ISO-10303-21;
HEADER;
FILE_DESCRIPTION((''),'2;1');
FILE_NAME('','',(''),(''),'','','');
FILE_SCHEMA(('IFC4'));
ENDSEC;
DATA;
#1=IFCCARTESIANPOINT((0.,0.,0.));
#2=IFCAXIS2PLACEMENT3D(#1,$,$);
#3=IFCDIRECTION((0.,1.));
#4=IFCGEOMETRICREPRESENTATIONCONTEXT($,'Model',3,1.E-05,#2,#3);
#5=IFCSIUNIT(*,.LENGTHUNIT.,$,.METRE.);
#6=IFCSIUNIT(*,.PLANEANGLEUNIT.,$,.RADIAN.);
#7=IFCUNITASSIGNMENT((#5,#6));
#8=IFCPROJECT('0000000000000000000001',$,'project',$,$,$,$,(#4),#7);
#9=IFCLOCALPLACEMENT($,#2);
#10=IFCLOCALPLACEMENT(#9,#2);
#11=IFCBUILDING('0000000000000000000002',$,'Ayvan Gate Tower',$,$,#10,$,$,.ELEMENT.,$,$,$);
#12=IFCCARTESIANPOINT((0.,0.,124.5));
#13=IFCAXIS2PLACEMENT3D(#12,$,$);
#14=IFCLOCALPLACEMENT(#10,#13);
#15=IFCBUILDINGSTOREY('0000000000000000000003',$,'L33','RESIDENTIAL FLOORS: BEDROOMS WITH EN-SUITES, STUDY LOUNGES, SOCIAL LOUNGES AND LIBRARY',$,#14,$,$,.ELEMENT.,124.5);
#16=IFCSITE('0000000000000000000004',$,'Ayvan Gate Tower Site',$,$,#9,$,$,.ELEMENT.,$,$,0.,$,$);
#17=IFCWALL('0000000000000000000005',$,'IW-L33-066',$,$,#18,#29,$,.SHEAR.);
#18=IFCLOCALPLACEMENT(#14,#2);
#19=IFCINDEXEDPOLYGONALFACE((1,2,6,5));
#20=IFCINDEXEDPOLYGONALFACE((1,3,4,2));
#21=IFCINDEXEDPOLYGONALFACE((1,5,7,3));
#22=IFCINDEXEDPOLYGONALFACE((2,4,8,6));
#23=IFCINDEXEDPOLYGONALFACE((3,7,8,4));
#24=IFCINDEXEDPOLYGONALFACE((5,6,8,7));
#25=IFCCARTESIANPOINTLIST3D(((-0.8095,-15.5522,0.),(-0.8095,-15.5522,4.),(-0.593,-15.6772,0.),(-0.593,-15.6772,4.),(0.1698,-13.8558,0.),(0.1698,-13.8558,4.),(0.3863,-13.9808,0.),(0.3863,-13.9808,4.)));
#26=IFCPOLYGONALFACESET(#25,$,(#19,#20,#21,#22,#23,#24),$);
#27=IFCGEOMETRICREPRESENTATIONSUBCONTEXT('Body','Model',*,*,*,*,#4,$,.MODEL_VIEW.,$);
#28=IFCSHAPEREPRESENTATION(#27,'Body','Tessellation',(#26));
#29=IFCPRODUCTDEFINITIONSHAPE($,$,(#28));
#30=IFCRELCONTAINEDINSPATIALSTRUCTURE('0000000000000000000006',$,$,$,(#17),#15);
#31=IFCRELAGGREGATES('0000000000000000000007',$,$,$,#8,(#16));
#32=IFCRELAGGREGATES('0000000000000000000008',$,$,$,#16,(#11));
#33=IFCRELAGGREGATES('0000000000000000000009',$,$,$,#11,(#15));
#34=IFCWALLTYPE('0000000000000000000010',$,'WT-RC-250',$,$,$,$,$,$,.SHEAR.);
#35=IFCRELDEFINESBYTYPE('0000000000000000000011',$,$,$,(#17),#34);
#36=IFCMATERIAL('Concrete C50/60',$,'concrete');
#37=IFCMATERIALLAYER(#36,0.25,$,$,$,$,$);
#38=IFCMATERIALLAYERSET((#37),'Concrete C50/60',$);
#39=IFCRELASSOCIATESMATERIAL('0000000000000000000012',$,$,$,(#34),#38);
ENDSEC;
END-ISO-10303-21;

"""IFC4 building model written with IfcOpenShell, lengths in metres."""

from ifc_helpers import new_model, si_unit, direction, frame, frame_2d, origin, place, context, subcontext, project, spatial, rectangle, extrude, material, layer, layer_set, type_object, element, save


model = new_model("IFC4")

# Units and contexts
model_context = context("Model", 3, precision=1e-05, world=origin(), true_north=direction((0.0, 1.0)))
body_context = subcontext(model_context, "Body", "Model", "MODEL_VIEW")
ifc_project = project(units=[si_unit("LENGTHUNIT", "METRE"), si_unit("PLANEANGLEUNIT", "RADIAN")], contexts=[model_context])

# Site, building, storey
site_placement = place(None, origin())
site = spatial("IfcSite", under=ifc_project, at=site_placement, Name="Ayvan Gate Tower Site", CompositionType="ELEMENT", RefElevation=0.0)
building_placement = place(site_placement, origin())
building = spatial("IfcBuilding", under=site, at=building_placement, Name="Ayvan Gate Tower", CompositionType="ELEMENT")
storey_placement = place(building_placement, frame((0.0, 0.0, 124.5)))
storey = spatial("IfcBuildingStorey", under=building, at=storey_placement, Name="L33", Description="RESIDENTIAL FLOORS: BEDROOMS WITH EN-SUITES, STUDY LOUNGES, SOCIAL LOUNGES AND LIBRARY", CompositionType="ELEMENT", Elevation=124.5)

# Wall
ifc_material_1 = material(Name="Concrete C50/60", Category="concrete")
ifc_layer_1 = layer(ifc_material_1, 0.25)
ifc_layer_set_1 = layer_set([ifc_layer_1], Name="Concrete C50/60")
wall_type_1 = type_object("IfcWallType", Name="WT-RC-250", PredefinedType="SHEAR", material=ifc_layer_set_1)
wall_1_placement = place(storey_placement, frame((0.2781, -13.9182, 0.0), z_axis=(0.0, 0.0, 1.0), x_axis=(-0.49996, -0.866049, 0.0)))
element("IfcWall", 1, at=wall_1_placement, inside=storey, type_object=wall_type_1, Name="IW-L33-066", PredefinedType="SHEAR", context=body_context, shape_type="SweptSolid", body=[
    extrude(rectangle(XDim=1.9587, YDim=0.25, at=frame_2d((0.9795, 0.0))), origin(), (0.0, 0.0, 1.0), 4.0),
])

save(model, "model.ifc")
